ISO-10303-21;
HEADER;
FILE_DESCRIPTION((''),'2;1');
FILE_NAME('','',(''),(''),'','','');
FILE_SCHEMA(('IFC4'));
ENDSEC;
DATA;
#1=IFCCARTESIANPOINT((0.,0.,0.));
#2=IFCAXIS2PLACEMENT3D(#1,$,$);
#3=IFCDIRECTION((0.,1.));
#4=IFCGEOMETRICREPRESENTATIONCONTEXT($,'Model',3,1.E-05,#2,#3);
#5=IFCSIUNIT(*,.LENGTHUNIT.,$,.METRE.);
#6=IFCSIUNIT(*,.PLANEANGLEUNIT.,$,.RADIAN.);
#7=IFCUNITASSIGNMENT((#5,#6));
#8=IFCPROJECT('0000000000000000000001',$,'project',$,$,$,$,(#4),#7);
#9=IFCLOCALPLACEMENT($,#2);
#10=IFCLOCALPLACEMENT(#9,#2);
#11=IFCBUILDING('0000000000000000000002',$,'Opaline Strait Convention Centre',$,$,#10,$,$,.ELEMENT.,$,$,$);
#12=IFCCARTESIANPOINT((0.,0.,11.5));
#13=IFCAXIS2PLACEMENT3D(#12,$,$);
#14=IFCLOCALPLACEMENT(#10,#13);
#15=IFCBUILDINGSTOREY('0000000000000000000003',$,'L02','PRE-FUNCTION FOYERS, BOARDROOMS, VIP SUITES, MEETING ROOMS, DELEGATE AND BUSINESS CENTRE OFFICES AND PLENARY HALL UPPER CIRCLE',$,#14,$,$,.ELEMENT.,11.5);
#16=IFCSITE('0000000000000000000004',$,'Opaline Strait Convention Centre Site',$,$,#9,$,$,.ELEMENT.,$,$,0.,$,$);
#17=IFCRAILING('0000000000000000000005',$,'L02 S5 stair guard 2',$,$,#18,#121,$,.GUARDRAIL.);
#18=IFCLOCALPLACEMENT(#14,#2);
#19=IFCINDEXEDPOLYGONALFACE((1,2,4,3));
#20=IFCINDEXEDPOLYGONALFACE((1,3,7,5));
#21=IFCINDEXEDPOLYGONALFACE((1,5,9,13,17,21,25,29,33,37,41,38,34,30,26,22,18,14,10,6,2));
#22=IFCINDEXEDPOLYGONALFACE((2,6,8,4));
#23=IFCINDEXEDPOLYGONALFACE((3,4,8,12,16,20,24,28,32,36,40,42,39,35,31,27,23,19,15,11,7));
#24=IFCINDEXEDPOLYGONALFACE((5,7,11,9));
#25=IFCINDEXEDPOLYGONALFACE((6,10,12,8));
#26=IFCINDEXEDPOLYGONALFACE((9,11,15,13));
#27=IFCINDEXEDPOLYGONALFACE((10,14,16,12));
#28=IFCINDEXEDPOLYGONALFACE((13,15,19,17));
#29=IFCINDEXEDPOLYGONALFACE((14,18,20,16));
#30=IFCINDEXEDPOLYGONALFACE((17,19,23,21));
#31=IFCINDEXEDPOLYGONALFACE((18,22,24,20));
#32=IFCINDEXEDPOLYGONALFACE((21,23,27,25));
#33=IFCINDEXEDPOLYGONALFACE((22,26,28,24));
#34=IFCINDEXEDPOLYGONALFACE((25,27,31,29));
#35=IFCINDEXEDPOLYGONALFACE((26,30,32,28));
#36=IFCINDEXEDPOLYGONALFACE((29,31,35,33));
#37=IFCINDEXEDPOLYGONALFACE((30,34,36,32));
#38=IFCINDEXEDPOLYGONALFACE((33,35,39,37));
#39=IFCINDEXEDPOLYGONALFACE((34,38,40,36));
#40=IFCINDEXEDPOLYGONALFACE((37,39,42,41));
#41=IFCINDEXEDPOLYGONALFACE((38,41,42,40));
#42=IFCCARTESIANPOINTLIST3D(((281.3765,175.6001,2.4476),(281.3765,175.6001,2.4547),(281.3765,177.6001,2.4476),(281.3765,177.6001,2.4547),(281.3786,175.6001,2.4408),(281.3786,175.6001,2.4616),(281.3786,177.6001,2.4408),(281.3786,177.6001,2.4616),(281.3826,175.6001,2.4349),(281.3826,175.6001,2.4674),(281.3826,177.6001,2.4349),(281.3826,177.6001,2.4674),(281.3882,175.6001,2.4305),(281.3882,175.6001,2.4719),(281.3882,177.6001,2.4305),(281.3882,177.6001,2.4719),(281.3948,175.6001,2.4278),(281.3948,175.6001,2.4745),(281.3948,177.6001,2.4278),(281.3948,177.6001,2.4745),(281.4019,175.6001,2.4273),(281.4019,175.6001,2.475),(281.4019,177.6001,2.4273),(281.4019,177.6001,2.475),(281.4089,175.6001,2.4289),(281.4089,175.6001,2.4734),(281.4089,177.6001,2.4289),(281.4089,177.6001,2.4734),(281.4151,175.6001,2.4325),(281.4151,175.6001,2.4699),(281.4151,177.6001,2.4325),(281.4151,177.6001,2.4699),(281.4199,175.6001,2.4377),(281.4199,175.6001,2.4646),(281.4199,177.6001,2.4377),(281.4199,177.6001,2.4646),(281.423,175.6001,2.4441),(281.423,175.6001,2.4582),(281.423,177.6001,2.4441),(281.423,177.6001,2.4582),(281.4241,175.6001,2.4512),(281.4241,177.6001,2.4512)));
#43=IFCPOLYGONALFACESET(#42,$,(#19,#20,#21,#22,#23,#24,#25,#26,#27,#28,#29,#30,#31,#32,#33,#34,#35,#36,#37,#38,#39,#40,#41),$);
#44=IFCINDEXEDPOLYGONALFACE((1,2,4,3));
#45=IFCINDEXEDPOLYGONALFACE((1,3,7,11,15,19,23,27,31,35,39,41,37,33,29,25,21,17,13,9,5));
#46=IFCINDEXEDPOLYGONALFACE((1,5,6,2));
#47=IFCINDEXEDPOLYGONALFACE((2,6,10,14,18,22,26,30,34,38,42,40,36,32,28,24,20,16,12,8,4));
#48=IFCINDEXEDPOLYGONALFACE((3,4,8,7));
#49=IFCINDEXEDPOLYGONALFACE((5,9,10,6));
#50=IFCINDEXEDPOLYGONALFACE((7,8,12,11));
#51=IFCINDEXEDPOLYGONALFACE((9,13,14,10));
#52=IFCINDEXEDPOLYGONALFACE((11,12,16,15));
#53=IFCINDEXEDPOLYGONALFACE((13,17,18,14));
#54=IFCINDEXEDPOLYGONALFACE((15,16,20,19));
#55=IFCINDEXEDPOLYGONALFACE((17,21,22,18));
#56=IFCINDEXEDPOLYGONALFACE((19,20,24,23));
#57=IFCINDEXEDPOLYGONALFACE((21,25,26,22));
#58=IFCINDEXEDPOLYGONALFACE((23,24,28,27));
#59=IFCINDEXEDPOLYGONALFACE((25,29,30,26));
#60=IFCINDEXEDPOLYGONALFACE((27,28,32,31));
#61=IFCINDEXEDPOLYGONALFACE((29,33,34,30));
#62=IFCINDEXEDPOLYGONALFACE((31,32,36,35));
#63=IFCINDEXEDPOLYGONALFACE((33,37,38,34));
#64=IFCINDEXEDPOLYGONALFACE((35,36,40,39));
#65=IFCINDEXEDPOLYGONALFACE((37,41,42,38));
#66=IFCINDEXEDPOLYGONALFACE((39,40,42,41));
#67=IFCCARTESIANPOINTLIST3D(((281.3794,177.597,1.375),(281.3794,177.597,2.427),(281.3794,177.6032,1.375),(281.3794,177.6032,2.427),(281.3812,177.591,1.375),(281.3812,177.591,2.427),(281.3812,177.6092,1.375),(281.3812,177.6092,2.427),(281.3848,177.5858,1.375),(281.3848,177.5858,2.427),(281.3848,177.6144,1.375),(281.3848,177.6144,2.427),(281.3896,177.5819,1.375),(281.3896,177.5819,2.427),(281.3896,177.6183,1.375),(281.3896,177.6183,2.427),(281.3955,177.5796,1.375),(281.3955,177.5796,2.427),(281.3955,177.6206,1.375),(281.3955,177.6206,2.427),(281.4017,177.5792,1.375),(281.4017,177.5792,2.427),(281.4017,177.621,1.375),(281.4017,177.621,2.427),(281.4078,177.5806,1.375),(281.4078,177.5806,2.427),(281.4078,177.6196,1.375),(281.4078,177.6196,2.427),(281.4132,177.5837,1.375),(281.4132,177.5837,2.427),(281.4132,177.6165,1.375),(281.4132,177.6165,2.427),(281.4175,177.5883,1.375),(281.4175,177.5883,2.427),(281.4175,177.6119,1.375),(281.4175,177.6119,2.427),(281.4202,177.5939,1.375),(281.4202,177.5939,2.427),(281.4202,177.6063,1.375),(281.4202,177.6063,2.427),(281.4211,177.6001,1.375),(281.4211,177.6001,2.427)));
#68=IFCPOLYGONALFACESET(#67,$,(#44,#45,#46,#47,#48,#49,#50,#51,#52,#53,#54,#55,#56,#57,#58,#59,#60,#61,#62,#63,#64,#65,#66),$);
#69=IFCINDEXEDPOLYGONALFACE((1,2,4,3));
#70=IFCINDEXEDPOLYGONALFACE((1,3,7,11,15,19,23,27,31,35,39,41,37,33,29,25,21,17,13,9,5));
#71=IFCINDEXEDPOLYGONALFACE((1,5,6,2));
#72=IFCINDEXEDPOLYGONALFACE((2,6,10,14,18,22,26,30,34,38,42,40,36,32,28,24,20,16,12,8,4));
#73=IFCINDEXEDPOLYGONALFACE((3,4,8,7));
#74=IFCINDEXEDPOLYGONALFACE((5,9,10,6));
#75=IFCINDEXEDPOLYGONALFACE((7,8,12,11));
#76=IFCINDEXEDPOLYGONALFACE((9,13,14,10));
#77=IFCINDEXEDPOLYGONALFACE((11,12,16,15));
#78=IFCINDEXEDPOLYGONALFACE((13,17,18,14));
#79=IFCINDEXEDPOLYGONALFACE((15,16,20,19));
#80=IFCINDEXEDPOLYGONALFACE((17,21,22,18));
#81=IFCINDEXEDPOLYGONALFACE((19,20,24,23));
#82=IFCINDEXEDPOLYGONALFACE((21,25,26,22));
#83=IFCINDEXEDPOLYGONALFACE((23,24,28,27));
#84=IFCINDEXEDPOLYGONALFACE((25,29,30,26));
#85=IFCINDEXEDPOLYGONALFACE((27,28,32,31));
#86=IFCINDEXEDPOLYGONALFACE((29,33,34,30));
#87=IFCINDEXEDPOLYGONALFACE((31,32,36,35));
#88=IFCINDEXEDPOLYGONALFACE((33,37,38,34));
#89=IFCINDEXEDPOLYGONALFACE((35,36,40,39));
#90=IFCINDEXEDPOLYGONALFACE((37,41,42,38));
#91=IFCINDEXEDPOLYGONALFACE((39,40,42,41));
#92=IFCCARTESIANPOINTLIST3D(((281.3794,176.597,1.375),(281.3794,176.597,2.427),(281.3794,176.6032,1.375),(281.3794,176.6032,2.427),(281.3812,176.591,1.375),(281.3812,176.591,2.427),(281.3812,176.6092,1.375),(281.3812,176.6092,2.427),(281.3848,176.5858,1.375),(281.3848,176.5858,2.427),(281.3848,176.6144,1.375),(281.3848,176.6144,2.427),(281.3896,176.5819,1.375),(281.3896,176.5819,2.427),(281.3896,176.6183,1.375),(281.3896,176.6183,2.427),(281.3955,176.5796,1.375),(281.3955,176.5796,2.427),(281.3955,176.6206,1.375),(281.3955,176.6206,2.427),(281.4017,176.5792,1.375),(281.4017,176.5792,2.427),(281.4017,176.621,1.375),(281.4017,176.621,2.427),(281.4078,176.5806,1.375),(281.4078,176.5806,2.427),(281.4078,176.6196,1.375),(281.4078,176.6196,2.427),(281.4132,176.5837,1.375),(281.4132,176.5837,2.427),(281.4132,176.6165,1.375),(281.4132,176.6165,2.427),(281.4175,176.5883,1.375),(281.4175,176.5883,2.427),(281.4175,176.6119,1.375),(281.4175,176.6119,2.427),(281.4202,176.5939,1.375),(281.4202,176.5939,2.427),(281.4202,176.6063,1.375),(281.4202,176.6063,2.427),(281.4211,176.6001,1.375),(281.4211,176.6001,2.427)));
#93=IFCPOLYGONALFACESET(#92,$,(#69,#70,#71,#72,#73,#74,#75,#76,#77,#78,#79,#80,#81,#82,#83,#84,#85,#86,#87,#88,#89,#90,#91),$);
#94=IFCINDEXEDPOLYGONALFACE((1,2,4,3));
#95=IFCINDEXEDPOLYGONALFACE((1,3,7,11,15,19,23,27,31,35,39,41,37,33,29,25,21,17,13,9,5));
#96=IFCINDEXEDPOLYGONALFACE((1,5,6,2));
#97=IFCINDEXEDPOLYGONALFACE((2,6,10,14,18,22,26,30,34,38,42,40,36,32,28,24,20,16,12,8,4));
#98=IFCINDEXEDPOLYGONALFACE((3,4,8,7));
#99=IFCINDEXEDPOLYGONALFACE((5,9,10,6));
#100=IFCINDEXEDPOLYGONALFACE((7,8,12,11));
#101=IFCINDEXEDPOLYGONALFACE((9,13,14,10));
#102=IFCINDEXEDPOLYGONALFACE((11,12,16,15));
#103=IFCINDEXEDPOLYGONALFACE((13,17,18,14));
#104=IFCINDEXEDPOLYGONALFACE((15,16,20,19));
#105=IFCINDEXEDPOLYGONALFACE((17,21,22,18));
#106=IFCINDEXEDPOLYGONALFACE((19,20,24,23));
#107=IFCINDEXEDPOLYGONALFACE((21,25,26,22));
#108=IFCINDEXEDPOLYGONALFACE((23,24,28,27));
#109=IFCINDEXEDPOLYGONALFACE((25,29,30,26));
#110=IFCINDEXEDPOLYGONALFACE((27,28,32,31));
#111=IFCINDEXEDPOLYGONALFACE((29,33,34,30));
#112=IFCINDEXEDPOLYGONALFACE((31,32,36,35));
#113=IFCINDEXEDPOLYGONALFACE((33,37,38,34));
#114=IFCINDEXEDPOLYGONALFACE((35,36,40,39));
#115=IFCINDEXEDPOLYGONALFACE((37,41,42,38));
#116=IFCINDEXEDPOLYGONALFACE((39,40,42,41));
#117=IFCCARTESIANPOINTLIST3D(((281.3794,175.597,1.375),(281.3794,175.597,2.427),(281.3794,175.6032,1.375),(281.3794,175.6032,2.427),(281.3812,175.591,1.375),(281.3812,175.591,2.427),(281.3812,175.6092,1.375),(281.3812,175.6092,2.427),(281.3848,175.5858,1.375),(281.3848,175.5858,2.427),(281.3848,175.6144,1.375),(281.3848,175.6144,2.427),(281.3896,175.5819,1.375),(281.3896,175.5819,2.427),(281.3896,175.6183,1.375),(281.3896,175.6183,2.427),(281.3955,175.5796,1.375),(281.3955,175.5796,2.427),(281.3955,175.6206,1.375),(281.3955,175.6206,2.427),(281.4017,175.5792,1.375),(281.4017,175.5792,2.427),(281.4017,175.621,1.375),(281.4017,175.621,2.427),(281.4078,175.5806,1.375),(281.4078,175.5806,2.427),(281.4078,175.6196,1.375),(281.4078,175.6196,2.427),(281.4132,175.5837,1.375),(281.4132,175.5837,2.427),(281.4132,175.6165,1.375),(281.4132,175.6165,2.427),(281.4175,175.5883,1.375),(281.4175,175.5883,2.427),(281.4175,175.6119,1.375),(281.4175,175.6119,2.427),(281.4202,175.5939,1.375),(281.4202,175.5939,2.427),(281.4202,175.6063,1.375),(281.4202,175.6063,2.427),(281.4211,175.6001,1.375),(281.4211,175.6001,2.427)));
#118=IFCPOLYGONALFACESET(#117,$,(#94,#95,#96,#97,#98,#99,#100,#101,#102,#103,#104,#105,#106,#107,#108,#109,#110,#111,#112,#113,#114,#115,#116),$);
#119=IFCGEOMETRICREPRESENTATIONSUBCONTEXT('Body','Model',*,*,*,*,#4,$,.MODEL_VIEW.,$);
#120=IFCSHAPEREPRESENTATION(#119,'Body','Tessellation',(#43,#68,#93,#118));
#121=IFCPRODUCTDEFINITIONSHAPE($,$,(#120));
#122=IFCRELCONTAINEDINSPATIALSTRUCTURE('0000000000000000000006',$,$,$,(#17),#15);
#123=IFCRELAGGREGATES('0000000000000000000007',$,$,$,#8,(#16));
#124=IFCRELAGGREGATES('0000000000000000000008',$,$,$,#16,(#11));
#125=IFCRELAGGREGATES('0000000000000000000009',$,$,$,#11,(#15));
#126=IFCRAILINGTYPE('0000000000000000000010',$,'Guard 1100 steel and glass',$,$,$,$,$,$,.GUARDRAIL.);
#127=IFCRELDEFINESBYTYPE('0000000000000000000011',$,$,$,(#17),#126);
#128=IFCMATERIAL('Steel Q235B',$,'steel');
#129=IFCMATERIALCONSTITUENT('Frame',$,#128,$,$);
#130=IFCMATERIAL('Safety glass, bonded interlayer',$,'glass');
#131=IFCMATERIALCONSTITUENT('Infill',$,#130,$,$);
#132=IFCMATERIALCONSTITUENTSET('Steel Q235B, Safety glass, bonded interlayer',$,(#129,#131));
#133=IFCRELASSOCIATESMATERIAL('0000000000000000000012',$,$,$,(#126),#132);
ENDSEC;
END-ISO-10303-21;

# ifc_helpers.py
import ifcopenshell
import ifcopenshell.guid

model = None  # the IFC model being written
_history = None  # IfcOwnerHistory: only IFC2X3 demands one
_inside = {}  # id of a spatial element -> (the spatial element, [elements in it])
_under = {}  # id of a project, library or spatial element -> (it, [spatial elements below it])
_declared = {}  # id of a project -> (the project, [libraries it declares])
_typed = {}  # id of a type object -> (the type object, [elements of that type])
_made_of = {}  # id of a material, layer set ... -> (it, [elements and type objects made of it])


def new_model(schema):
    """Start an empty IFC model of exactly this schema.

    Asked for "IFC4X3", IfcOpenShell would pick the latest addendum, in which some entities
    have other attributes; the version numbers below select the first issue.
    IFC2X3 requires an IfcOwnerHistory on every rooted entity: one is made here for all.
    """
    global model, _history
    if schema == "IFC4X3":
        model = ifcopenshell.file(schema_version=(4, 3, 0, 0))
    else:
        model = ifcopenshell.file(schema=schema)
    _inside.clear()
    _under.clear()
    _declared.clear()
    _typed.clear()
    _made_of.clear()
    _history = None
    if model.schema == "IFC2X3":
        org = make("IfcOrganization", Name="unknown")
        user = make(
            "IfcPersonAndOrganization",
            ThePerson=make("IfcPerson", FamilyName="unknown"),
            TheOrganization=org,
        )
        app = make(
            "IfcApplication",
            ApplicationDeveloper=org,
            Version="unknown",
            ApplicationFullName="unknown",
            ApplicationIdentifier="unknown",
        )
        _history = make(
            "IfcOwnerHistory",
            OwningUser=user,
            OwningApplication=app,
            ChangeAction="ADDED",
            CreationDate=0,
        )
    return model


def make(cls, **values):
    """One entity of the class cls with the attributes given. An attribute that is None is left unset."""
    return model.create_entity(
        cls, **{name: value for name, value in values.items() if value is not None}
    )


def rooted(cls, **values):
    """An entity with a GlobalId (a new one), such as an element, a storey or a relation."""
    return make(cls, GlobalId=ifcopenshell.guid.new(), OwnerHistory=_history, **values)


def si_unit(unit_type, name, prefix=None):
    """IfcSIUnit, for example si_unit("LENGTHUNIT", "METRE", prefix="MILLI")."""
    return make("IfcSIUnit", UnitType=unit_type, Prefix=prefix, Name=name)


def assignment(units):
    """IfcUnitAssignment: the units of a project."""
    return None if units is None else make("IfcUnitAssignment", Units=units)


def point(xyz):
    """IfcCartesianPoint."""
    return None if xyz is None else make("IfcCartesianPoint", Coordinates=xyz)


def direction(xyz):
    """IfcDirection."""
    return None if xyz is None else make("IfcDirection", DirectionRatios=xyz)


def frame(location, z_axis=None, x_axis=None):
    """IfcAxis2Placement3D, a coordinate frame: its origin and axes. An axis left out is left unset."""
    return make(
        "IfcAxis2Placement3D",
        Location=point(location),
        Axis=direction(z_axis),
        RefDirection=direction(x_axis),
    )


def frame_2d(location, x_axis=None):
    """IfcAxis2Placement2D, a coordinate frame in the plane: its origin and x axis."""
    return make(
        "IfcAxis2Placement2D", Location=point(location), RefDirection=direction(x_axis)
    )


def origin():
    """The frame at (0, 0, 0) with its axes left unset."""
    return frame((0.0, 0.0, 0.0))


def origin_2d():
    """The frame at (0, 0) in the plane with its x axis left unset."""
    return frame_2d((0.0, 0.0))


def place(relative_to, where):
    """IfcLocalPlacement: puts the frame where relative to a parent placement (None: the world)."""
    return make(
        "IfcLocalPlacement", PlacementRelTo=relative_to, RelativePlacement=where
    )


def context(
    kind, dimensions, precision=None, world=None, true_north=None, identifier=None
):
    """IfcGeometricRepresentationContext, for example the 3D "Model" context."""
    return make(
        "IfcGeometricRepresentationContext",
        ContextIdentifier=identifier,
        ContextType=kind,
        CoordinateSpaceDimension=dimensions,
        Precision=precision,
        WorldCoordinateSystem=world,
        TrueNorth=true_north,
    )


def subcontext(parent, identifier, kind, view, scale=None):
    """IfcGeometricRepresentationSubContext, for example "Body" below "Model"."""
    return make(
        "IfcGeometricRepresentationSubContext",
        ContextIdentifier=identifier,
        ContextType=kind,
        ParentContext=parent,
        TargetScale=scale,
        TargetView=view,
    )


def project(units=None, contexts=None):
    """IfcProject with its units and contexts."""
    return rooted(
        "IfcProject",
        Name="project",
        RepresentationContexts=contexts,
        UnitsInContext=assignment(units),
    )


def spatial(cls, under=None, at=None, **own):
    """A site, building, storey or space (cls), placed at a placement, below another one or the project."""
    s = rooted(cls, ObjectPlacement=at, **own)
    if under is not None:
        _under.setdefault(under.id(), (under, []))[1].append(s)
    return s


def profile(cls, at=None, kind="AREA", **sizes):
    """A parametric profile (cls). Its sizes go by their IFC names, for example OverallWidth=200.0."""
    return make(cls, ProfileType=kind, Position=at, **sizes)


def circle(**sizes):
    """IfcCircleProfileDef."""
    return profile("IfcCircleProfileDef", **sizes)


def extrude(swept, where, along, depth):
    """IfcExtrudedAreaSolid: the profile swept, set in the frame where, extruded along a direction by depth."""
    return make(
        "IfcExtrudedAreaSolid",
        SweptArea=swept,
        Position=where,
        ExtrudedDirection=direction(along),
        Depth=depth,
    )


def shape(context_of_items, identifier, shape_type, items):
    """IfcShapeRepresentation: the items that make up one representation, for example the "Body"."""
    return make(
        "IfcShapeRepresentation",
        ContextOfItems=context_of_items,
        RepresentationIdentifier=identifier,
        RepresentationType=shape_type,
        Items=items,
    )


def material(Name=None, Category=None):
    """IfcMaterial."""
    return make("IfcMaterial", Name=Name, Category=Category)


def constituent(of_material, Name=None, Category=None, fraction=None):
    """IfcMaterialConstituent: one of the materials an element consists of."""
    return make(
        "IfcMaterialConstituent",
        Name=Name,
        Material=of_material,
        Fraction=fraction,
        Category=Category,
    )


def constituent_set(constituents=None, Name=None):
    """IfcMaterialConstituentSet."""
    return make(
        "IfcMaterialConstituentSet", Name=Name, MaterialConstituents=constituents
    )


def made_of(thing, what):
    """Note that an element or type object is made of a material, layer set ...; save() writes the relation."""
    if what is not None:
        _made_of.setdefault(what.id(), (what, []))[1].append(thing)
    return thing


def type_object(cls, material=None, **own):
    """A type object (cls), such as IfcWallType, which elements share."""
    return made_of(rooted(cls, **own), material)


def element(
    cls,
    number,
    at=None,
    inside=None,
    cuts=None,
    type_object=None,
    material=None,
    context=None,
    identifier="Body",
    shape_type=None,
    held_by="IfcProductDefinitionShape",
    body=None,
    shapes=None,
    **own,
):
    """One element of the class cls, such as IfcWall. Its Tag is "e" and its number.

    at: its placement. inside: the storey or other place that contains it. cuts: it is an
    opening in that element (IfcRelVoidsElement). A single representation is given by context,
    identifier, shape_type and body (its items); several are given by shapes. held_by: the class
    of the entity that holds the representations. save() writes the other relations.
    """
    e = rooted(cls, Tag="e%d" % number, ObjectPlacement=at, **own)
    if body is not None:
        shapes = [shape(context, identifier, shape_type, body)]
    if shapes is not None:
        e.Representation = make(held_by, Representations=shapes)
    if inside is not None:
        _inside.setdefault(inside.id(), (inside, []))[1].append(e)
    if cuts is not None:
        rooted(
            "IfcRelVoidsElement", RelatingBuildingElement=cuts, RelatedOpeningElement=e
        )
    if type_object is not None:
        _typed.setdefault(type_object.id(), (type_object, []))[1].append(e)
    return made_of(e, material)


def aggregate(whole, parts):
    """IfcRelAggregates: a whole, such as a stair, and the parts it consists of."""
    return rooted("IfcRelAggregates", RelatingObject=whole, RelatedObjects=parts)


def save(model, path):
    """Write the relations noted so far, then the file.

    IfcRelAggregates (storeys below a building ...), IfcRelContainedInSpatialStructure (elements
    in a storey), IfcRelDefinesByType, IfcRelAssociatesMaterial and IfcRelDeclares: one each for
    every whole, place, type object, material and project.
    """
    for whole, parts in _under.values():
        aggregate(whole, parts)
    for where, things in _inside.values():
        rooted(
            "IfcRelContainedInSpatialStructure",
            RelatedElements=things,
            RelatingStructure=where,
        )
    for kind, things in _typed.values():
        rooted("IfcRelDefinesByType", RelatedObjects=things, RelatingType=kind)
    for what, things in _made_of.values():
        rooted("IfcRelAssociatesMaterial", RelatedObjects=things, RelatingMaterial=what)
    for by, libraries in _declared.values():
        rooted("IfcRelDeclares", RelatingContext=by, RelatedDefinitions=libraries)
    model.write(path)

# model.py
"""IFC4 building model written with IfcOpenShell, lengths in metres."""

from ifc_helpers import new_model, si_unit, direction, frame, origin, origin_2d, place, context, subcontext, project, spatial, circle, extrude, material, constituent, constituent_set, type_object, element, save


model = new_model("IFC4")

# Units and contexts
model_context = context("Model", 3, precision=1e-05, world=origin(), true_north=direction((0.0, 1.0)))
body_context = subcontext(model_context, "Body", "Model", "MODEL_VIEW")
ifc_project = project(units=[si_unit("LENGTHUNIT", "METRE"), si_unit("PLANEANGLEUNIT", "RADIAN")], contexts=[model_context])

# Site, building, storey
site_placement = place(None, origin())
site = spatial("IfcSite", under=ifc_project, at=site_placement, Name="Opaline Strait Convention Centre Site", CompositionType="ELEMENT", RefElevation=0.0)
building_placement = place(site_placement, origin())
building = spatial("IfcBuilding", under=site, at=building_placement, Name="Opaline Strait Convention Centre", CompositionType="ELEMENT")
storey_placement = place(building_placement, frame((0.0, 0.0, 11.5)))
storey = spatial("IfcBuildingStorey", under=building, at=storey_placement, Name="L02", Description="PRE-FUNCTION FOYERS, BOARDROOMS, VIP SUITES, MEETING ROOMS, DELEGATE AND BUSINESS CENTRE OFFICES AND PLENARY HALL UPPER CIRCLE", CompositionType="ELEMENT", Elevation=11.5)

# Railing
ifc_material_1 = material(Name="Steel Q235B", Category="steel")
ifc_constituent_1 = constituent(ifc_material_1, Name="Frame")
ifc_material_2 = material(Name="Safety glass, bonded interlayer", Category="glass")
ifc_constituent_2 = constituent(ifc_material_2, Name="Infill")
ifc_constituent_set = constituent_set(constituents=[ifc_constituent_1, ifc_constituent_2], Name="Steel Q235B, Safety glass, bonded interlayer")
railing_type_1 = type_object("IfcRailingType", Name="Guard 1100 steel and glass", PredefinedType="GUARDRAIL", material=ifc_constituent_set)
railing_1_placement = place(storey_placement, frame((281.4001, 177.6001, 1.375)))
element("IfcRailing", 1, at=railing_1_placement, inside=storey, type_object=railing_type_1, Name="L02 S5 stair guard 2", PredefinedType="GUARDRAIL", context=body_context, shape_type="SweptSolid", body=[
    extrude(circle(Radius=0.0239, at=origin_2d()), frame((0.0, 0.0, 1.0762), z_axis=(0.0, -1.0, 0.0), x_axis=(1.0, 0.0, 0.0)), (0.0, 0.0, 1.0), 2.0),
    extrude(circle(Radius=0.021, at=origin_2d()), origin(), (0.0, 0.0, 1.0), 1.052),
    extrude(circle(Radius=0.021, at=origin_2d()), frame((0.0, -1.0, 0.0)), (0.0, 0.0, 1.0), 1.052),
    extrude(circle(Radius=0.021, at=origin_2d()), frame((0.0, -2.0, 0.0)), (0.0, 0.0, 1.0), 1.052),
])

save(model, "model.ifc")
